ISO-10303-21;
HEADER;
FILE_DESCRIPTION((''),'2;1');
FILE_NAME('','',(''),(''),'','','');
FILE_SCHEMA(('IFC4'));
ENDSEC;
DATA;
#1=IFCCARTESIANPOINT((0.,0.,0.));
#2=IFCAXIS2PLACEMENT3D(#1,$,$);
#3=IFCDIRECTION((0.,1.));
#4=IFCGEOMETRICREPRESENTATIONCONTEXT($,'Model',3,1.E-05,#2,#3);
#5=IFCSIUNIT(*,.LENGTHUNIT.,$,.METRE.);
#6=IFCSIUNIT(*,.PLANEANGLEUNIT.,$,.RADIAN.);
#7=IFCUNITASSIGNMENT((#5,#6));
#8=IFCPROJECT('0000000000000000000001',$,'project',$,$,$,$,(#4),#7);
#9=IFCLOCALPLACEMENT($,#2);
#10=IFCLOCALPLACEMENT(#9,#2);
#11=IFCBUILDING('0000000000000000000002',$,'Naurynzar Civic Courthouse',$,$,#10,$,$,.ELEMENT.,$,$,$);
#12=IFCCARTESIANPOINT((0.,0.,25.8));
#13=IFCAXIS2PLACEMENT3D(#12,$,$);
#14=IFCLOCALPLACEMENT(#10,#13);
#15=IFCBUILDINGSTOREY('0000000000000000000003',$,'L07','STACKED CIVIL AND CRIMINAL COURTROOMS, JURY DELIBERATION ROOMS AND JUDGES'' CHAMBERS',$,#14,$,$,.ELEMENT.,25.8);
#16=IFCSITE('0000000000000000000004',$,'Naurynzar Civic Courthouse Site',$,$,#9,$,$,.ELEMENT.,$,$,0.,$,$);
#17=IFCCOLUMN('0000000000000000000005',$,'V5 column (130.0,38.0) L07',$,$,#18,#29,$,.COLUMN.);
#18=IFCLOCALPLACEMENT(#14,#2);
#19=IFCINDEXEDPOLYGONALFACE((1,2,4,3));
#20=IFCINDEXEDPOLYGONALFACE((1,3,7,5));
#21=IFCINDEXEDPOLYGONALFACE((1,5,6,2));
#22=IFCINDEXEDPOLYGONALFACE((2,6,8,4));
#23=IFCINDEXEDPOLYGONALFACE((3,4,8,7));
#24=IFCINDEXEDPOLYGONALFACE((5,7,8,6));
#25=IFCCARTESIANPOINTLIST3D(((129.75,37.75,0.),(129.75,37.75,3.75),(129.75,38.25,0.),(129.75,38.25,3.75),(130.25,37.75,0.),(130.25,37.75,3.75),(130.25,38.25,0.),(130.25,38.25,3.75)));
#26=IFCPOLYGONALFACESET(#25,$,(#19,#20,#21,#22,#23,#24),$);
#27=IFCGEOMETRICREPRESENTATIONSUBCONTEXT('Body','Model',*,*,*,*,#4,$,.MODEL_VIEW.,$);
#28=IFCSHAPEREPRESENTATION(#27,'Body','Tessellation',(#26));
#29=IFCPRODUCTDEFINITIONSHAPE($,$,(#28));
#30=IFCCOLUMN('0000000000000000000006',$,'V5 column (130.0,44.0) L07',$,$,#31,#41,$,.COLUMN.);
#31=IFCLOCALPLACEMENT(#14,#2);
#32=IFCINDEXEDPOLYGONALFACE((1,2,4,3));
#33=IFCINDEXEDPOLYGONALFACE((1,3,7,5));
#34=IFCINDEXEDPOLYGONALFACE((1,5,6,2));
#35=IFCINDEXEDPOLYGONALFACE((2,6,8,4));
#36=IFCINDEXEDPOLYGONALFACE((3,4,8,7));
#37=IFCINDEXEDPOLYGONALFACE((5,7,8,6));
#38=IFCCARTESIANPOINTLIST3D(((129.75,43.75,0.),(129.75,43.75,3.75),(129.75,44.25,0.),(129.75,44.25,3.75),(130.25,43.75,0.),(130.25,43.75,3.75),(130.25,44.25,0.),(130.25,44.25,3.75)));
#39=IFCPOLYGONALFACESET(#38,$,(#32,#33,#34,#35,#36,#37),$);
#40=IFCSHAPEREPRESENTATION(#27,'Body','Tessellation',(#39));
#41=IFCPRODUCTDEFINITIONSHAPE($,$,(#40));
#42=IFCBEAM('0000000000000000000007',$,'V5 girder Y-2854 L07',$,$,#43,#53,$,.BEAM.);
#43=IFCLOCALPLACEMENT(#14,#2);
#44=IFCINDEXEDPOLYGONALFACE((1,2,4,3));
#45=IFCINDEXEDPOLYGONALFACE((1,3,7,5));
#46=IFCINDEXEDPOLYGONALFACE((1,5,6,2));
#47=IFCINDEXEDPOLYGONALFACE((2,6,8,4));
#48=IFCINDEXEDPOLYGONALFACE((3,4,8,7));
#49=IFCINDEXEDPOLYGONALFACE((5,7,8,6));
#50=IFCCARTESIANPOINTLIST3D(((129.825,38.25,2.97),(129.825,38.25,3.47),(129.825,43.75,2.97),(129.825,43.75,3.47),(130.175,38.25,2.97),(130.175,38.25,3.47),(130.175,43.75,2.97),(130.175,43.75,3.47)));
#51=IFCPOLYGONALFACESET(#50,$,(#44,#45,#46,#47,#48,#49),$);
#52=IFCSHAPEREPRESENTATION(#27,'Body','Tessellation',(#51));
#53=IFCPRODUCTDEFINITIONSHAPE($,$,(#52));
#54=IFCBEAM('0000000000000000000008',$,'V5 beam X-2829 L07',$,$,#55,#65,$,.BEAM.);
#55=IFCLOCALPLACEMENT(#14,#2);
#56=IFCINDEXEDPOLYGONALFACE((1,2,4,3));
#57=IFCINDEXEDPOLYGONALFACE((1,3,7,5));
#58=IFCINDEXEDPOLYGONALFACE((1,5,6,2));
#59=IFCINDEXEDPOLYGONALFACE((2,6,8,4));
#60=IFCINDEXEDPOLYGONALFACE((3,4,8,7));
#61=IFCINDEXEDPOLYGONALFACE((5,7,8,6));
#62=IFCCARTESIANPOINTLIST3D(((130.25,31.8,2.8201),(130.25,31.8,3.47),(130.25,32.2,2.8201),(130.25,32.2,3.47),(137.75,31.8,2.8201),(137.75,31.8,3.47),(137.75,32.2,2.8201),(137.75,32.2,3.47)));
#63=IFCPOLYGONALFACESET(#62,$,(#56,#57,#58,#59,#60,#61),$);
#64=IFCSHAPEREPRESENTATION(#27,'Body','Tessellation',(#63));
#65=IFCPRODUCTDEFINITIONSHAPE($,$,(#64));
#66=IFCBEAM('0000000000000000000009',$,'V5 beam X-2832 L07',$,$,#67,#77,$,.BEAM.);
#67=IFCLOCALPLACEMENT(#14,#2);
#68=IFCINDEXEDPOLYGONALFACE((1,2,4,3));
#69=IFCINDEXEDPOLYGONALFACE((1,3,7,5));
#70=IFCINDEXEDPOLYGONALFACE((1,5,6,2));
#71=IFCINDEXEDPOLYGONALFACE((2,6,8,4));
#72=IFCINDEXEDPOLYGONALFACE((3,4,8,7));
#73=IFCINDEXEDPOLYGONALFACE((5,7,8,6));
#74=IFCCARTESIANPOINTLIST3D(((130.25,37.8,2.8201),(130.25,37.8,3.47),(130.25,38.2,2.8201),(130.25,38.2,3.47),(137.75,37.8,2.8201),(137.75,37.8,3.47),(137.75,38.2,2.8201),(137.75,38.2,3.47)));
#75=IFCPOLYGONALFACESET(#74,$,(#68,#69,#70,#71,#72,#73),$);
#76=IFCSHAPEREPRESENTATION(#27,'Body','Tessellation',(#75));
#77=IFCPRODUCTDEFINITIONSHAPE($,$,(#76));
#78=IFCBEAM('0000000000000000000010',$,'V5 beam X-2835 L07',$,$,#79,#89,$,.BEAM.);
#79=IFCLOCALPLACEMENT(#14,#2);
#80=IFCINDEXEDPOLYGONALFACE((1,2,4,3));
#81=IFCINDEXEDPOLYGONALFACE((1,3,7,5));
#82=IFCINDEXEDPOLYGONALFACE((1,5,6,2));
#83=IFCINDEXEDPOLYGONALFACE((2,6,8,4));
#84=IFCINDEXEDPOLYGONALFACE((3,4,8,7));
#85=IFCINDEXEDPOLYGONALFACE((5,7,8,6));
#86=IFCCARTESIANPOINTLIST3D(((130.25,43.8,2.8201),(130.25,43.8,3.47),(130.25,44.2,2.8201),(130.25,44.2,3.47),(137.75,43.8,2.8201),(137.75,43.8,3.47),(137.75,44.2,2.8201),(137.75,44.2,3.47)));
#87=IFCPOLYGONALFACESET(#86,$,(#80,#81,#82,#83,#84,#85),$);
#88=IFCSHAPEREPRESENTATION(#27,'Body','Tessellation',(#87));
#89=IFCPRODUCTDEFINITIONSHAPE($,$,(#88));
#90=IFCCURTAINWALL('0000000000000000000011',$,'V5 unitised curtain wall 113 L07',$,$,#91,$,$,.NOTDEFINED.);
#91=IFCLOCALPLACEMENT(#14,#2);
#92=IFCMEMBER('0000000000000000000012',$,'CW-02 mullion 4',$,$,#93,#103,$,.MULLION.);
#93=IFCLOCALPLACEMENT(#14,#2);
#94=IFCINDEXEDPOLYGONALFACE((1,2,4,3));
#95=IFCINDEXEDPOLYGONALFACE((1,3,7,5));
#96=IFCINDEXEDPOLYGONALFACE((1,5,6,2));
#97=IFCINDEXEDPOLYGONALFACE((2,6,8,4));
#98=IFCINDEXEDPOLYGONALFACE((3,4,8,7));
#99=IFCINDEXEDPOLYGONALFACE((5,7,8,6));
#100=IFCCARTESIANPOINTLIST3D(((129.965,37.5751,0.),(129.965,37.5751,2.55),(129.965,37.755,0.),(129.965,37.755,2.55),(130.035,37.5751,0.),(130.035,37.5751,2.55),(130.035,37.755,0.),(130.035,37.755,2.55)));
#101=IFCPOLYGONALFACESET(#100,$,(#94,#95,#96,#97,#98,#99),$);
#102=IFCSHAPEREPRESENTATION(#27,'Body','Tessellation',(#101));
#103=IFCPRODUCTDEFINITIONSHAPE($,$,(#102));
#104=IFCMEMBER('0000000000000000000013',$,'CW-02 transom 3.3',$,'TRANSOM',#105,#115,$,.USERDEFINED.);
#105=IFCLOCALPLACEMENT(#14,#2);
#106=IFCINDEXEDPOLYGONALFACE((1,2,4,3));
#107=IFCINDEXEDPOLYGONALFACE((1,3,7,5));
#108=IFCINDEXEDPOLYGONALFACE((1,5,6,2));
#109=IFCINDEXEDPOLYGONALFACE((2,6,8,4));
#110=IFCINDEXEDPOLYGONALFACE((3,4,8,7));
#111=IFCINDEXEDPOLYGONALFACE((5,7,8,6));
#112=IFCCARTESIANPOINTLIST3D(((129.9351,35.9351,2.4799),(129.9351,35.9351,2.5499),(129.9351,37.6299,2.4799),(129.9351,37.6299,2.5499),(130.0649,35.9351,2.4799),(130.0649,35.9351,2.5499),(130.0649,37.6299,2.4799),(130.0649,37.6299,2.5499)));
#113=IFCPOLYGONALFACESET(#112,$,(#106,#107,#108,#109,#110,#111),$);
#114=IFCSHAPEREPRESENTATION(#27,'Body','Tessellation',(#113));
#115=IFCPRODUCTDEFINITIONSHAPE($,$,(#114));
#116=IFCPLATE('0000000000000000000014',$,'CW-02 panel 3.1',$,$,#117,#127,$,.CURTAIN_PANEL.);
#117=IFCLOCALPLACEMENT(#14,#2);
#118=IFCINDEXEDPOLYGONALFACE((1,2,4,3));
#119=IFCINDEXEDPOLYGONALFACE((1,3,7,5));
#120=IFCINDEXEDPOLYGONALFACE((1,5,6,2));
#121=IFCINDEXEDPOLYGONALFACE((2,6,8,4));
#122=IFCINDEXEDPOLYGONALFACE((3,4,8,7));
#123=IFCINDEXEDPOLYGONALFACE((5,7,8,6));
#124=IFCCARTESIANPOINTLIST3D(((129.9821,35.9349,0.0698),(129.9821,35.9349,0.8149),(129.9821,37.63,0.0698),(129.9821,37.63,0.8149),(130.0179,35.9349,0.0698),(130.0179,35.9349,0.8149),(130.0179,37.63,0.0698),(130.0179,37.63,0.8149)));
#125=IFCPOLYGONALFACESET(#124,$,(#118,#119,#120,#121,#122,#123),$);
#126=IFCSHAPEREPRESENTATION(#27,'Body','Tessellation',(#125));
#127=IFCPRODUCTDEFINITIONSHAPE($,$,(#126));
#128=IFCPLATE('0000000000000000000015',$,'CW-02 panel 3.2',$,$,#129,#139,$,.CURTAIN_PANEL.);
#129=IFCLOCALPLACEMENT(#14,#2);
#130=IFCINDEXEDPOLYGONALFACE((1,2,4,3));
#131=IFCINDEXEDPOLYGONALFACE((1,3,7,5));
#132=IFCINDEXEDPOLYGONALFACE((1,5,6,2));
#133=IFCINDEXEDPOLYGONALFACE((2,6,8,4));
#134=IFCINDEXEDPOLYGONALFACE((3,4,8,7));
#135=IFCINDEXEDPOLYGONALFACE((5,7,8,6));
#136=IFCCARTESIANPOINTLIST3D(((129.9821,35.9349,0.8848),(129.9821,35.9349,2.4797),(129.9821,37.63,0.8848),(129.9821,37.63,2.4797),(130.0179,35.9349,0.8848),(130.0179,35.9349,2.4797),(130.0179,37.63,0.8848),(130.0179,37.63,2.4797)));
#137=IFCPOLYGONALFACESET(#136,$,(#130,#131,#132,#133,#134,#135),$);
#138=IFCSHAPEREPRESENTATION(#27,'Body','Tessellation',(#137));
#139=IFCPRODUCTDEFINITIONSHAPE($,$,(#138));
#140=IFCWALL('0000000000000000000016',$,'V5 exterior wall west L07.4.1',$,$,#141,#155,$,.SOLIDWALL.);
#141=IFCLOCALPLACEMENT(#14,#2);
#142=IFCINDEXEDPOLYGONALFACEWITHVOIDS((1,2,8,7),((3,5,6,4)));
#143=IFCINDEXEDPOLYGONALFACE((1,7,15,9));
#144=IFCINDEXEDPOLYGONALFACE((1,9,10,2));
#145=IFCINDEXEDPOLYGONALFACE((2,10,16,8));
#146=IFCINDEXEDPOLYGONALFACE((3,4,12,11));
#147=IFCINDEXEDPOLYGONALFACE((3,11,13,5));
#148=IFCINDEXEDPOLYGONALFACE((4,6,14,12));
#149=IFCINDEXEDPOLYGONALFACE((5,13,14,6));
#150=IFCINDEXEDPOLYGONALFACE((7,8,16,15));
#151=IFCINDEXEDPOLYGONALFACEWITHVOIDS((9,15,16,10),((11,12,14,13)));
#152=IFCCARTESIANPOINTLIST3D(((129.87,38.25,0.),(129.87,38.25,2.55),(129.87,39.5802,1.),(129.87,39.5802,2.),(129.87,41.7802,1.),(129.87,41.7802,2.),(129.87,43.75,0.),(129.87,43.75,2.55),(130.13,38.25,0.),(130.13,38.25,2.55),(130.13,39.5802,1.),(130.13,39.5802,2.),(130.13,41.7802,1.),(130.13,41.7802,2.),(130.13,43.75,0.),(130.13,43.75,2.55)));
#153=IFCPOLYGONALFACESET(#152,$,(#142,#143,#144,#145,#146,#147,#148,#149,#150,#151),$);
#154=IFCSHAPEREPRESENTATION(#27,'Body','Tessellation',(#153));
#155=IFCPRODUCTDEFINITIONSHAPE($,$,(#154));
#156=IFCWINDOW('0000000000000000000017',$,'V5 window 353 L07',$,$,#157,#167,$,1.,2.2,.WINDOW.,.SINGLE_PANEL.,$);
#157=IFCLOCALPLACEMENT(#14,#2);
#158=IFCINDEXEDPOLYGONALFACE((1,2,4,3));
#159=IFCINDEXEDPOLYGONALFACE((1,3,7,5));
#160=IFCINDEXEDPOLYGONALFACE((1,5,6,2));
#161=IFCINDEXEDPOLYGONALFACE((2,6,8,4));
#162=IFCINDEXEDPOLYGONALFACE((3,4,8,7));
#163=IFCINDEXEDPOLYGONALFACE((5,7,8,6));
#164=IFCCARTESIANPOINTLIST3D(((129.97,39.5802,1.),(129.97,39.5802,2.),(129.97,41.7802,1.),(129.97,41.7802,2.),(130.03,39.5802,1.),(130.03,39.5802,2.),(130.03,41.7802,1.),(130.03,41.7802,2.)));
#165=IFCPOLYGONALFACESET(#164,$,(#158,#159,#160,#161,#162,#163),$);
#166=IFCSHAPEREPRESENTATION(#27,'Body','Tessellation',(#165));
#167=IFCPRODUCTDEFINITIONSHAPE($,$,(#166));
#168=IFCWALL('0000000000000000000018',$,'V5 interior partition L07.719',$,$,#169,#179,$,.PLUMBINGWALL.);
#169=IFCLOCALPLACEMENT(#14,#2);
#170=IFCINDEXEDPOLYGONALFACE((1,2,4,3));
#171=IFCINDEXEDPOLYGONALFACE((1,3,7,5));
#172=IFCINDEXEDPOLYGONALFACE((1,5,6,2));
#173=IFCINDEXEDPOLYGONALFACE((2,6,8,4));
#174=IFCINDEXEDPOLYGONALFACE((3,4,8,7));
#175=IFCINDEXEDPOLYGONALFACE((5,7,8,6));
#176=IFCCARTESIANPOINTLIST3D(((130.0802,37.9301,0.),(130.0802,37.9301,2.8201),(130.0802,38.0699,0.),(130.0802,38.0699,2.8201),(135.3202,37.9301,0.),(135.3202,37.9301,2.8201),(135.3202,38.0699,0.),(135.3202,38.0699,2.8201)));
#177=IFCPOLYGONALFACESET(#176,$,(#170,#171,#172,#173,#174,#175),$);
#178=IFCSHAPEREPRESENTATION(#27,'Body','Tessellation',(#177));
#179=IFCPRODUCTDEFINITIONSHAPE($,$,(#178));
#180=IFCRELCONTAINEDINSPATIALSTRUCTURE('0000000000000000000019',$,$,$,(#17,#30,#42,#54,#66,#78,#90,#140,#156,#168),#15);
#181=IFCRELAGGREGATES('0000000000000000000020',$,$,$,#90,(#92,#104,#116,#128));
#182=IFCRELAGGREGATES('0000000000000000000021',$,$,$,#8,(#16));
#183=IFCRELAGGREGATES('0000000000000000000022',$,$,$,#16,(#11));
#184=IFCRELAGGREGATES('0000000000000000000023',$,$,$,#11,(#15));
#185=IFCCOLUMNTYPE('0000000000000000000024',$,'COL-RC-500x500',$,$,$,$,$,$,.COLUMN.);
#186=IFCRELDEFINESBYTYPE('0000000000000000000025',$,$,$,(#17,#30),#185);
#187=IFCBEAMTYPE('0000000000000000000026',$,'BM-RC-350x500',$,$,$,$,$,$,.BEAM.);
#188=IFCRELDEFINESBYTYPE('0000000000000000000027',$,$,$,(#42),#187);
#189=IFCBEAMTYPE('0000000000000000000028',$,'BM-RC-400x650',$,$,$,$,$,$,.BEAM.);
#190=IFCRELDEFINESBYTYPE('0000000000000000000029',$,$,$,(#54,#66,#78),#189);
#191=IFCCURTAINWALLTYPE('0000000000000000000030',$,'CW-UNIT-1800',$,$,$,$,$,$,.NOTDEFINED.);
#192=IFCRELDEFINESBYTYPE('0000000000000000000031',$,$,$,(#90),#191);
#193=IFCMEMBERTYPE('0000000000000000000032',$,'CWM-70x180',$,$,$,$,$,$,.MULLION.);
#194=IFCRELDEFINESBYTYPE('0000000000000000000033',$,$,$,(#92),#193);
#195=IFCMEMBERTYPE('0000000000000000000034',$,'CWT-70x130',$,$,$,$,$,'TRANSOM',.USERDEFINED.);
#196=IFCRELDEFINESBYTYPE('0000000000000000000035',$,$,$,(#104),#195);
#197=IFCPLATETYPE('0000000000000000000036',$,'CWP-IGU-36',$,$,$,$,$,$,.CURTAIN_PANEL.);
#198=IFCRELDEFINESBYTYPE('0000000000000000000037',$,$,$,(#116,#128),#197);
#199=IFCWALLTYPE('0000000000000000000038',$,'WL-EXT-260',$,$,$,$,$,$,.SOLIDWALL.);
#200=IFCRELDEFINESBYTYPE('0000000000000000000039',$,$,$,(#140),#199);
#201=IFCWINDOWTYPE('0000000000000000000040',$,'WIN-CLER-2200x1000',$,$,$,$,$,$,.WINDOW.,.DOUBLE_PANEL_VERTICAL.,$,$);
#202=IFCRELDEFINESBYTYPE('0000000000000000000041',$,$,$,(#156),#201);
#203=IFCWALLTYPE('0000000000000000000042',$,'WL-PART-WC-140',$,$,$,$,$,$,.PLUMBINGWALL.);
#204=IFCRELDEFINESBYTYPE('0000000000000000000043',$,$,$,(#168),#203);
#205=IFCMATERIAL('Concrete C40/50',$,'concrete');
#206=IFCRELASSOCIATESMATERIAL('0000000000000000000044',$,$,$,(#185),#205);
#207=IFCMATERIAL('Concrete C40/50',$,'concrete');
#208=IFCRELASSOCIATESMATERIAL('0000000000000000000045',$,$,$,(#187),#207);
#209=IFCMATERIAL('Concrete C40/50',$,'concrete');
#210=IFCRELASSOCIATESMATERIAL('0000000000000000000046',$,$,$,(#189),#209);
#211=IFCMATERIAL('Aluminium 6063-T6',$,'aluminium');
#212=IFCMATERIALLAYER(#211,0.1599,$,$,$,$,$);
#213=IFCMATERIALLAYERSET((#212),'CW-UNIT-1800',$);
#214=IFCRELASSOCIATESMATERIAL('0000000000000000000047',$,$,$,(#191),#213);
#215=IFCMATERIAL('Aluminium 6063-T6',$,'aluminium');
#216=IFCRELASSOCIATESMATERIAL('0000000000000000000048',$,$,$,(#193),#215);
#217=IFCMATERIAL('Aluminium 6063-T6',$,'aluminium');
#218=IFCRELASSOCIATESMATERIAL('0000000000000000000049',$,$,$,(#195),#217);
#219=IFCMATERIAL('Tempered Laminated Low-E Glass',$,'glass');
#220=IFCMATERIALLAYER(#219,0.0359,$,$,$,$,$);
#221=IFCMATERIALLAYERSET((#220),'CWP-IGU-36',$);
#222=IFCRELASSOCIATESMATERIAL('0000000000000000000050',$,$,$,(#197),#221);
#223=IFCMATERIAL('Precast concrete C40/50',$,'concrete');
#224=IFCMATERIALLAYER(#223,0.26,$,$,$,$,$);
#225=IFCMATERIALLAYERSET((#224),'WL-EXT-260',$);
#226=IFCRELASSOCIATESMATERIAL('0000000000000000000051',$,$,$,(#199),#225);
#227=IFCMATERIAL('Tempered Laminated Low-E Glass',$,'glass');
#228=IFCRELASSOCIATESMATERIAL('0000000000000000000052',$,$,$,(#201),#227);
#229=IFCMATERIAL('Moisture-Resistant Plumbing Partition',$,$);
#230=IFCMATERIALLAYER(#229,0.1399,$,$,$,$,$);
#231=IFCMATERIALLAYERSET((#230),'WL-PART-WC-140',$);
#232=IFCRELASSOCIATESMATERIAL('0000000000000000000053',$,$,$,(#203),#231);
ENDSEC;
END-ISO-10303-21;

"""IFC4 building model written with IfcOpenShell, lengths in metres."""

from ifc_helpers import new_model, si_unit, direction, frame, frame_2d, origin, origin_2d, place, context, subcontext, project, spatial, rectangle, extrude, material, layer, layer_set, material_profile, profile_set, type_object, element, fill, aggregate, save


model = new_model("IFC4")

# Units and contexts
model_context = context("Model", 3, precision=1e-05, world=origin(), true_north=direction((0.0, 1.0)))
body_context = subcontext(model_context, "Body", "Model", "MODEL_VIEW")
ifc_project = project(units=[si_unit("LENGTHUNIT", "METRE"), si_unit("PLANEANGLEUNIT", "RADIAN")], contexts=[model_context])

# Site, building, storey
site_placement = place(None, origin())
site = spatial("IfcSite", under=ifc_project, at=site_placement, Name="Naurynzar Civic Courthouse Site", CompositionType="ELEMENT", RefElevation=0.0)
building_placement = place(site_placement, origin())
building = spatial("IfcBuilding", under=site, at=building_placement, Name="Naurynzar Civic Courthouse", CompositionType="ELEMENT")
storey_placement = place(building_placement, frame((0.0, 0.0, 25.8)))
storey = spatial("IfcBuildingStorey", under=building, at=storey_placement, Name="L07", Description="STACKED CIVIL AND CRIMINAL COURTROOMS, JURY DELIBERATION ROOMS AND JUDGES' CHAMBERS", CompositionType="ELEMENT", Elevation=25.8)

# Columns
ifc_material_1 = material(Name="Concrete C40/50", Category="concrete")
ifc_material_profile_1 = material_profile(ifc_material_1, rectangle(XDim=0.5, YDim=0.5, at=origin_2d()), Name="RC 500x500")
ifc_profile_set_1 = profile_set([ifc_material_profile_1], Name="Concrete C40/50")
column_type = type_object("IfcColumnType", Name="COL-RC-500x500", PredefinedType="COLUMN", material=ifc_profile_set_1)
for number, where, z_axis, x_axis, name in (
    (1, (130.0, 38.0, 0.0), (0.0, 0.0, 1.0), (1.0, 0.0, 0.0), "V5 column (130.0,38.0) L07"),
    (2, (130.0, 44.0, 0.0), (0.0, 0.0, 1.0), (1.0, 0.0, 0.0), "V5 column (130.0,44.0) L07"),
):
    element("IfcColumn", number, at=place(storey_placement, frame(where, z_axis=z_axis, x_axis=x_axis)), inside=storey, type_object=column_type, Name=name, PredefinedType="COLUMN", context=body_context, shape_type="SweptSolid", body=[
        extrude(rectangle(XDim=0.5, YDim=0.5, at=origin_2d()), origin(), (0.0, 0.0, 1.0), 3.75),
    ])

# Beams
ifc_material_2 = material(Name="Concrete C40/50", Category="concrete")
ifc_material_profile_2 = material_profile(ifc_material_2, rectangle(XDim=0.3501, YDim=0.5, at=origin_2d()), Name="RCB 350x500")
ifc_profile_set_2 = profile_set([ifc_material_profile_2], Name="Concrete C40/50")
beam_type_1 = type_object("IfcBeamType", Name="BM-RC-350x500", PredefinedType="BEAM", material=ifc_profile_set_2)
beam_placement = place(storey_placement, frame((130.0, 38.25, 3.22), z_axis=(0.0, 1.0, 0.0), x_axis=(-1.0, 0.0, 0.0)))
element("IfcBeam", 3, at=beam_placement, inside=storey, type_object=beam_type_1, Name="V5 girder Y-2854 L07", PredefinedType="BEAM", context=body_context, shape_type="SweptSolid", body=[
    extrude(rectangle(XDim=0.3501, YDim=0.5, at=origin_2d()), origin(), (0.0, 0.0, 1.0), 5.5),
])
ifc_material_3 = material(Name="Concrete C40/50", Category="concrete")
ifc_material_profile_3 = material_profile(ifc_material_3, rectangle(XDim=0.3999, YDim=0.6499, at=origin_2d()), Name="RCB 400x650")
ifc_profile_set_3 = profile_set([ifc_material_profile_3], Name="Concrete C40/50")
beam_type_2 = type_object("IfcBeamType", Name="BM-RC-400x650", PredefinedType="BEAM", material=ifc_profile_set_3)
for number, where, z_axis, x_axis, name in (
    (4, (130.25, 32.0, 3.145), (1.0, 0.0, 0.0), (0.0, 1.0, 0.0), "V5 beam X-2829 L07"),
    (5, (130.25, 38.0, 3.145), (1.0, 0.0, 0.0), (0.0, 1.0, 0.0), "V5 beam X-2832 L07"),
    (6, (130.25, 44.0, 3.145), (1.0, 0.0, 0.0), (0.0, 1.0, 0.0), "V5 beam X-2835 L07"),
):
    element("IfcBeam", number, at=place(storey_placement, frame(where, z_axis=z_axis, x_axis=x_axis)), inside=storey, type_object=beam_type_2, Name=name, PredefinedType="BEAM", context=body_context, shape_type="SweptSolid", body=[
        extrude(rectangle(XDim=0.3999, YDim=0.6499, at=origin_2d()), origin(), (0.0, 0.0, 1.0), 7.5),
    ])

# Curtain wall, members, plates
ifc_material_4 = material(Name="Aluminium 6063-T6", Category="aluminium")
ifc_layer_1 = layer(ifc_material_4, 0.1599)
ifc_layer_set_1 = layer_set([ifc_layer_1], Name="CW-UNIT-1800")
curtain_wall_type = type_object("IfcCurtainWallType", Name="CW-UNIT-1800", PredefinedType="NOTDEFINED", material=ifc_layer_set_1)
curtain_wall_placement = place(storey_placement, origin())
curtain_wall = element("IfcCurtainWall", 7, at=curtain_wall_placement, inside=storey, type_object=curtain_wall_type, Name="V5 unitised curtain wall 113 L07", PredefinedType="NOTDEFINED")
ifc_material_5 = material(Name="Aluminium 6063-T6", Category="aluminium")
ifc_material_profile_4 = material_profile(ifc_material_5, rectangle(XDim=0.0701, YDim=0.1799, at=origin_2d()), Name="ALU MULLION 70x180")
ifc_profile_set_4 = profile_set([ifc_material_profile_4], Name="Aluminium 6063-T6")
member_type_1 = type_object("IfcMemberType", Name="CWM-70x180", PredefinedType="MULLION", material=ifc_profile_set_4)
member_1_placement = place(storey_placement, frame((130.0, 37.665, 0.0), z_axis=(0.0, 0.0, 1.0), x_axis=(-1.0, 0.0, 0.0)))
member_1 = element("IfcMember", 8, at=member_1_placement, type_object=member_type_1, Name="CW-02 mullion 4", PredefinedType="MULLION", context=body_context, shape_type="SweptSolid", body=[
    extrude(rectangle(XDim=0.0701, YDim=0.1799, at=origin_2d()), origin(), (0.0, 0.0, 1.0), 2.55),
])
ifc_material_6 = material(Name="Aluminium 6063-T6", Category="aluminium")
ifc_material_profile_5 = material_profile(ifc_material_6, rectangle(XDim=0.1299, YDim=0.0701, at=origin_2d()), Name="ALU TRANSOM 70x130")
ifc_profile_set_5 = profile_set([ifc_material_profile_5], Name="Aluminium 6063-T6")
member_type_2 = type_object("IfcMemberType", Name="CWT-70x130", ElementType="TRANSOM", PredefinedType="USERDEFINED", material=ifc_profile_set_5)
member_2_placement = place(storey_placement, frame((130.0, 35.9351, 2.5149), z_axis=(0.0, 1.0, 0.0), x_axis=(-1.0, 0.0, 0.0)))
member_2 = element("IfcMember", 9, at=member_2_placement, type_object=member_type_2, Name="CW-02 transom 3.3", ObjectType="TRANSOM", PredefinedType="USERDEFINED", context=body_context, shape_type="SweptSolid", body=[
    extrude(rectangle(XDim=0.1299, YDim=0.0701, at=origin_2d()), origin(), (0.0, 0.0, 1.0), 1.6948),
])
ifc_material_7 = material(Name="Tempered Laminated Low-E Glass", Category="glass")
ifc_layer_2 = layer(ifc_material_7, 0.0359)
ifc_layer_set_2 = layer_set([ifc_layer_2], Name="CWP-IGU-36")
plate_type = type_object("IfcPlateType", Name="CWP-IGU-36", PredefinedType="CURTAIN_PANEL", material=ifc_layer_set_2)
plate_1_placement = place(storey_placement, frame((130.0, 36.7825, 0.0698), z_axis=(0.0, 0.0, 1.0), x_axis=(0.0, 1.0, 0.0)))
plate_1 = element("IfcPlate", 10, at=plate_1_placement, type_object=plate_type, Name="CW-02 panel 3.1", PredefinedType="CURTAIN_PANEL", context=body_context, shape_type="SweptSolid", body=[
    extrude(rectangle(XDim=1.6951, YDim=0.0359, at=origin_2d()), origin(), (0.0, 0.0, 1.0), 0.7451),
])
plate_2_placement = place(storey_placement, frame((130.0, 36.7825, 0.8848), z_axis=(0.0, 0.0, 1.0), x_axis=(0.0, 1.0, 0.0)))
plate_2 = element("IfcPlate", 11, at=plate_2_placement, type_object=plate_type, Name="CW-02 panel 3.2", PredefinedType="CURTAIN_PANEL", context=body_context, shape_type="SweptSolid", body=[
    extrude(rectangle(XDim=1.6951, YDim=0.0359, at=origin_2d()), origin(), (0.0, 0.0, 1.0), 1.595),
])
aggregate(curtain_wall, [member_1, member_2, plate_1, plate_2])

# Wall, opening, window
ifc_material_8 = material(Name="Precast concrete C40/50", Category="concrete")
ifc_layer_3 = layer(ifc_material_8, 0.26)
ifc_layer_set_3 = layer_set([ifc_layer_3], Name="WL-EXT-260")
wall_type_1 = type_object("IfcWallType", Name="WL-EXT-260", PredefinedType="SOLIDWALL", material=ifc_layer_set_3)
wall_1_placement = place(storey_placement, frame((130.0, 38.25, 0.0), z_axis=(0.0, 0.0, 1.0), x_axis=(0.0, 1.0, 0.0)))
wall_1 = element("IfcWall", 12, at=wall_1_placement, inside=storey, type_object=wall_type_1, Name="V5 exterior wall west L07.4.1", PredefinedType="SOLIDWALL", context=body_context, shape_type="SweptSolid", body=[
    extrude(rectangle(XDim=5.5, YDim=0.26, at=frame_2d((2.75, 0.0))), origin(), (0.0, 0.0, 1.0), 2.55),
])
opening_1_placement = place(wall_1_placement, frame((1.3301, 0.0, 1.0)))
opening_1 = element("IfcOpeningElement", 13, at=opening_1_placement, cuts=wall_1, PredefinedType="OPENING", context=body_context, shape_type="SweptSolid", body=[
    extrude(rectangle(XDim=2.2, YDim=1.0, at=frame_2d((1.1001, 0.5))), frame((0.0, 0.1399, 0.0), z_axis=(0.0, -1.0, 0.0), x_axis=(1.0, 0.0, 0.0)), (0.0, 0.0, 1.0), 0.28),
])
ifc_material_9 = material(Name="Tempered Laminated Low-E Glass", Category="glass")
window_type = type_object("IfcWindowType", Name="WIN-CLER-2200x1000", PartitioningType="DOUBLE_PANEL_VERTICAL", PredefinedType="WINDOW", material=ifc_material_9)
window_placement = place(opening_1_placement, origin())
window = element("IfcWindow", 14, at=window_placement, inside=storey, type_object=window_type, Name="V5 window 353 L07", OverallHeight=1.0, OverallWidth=2.2, PartitioningType="SINGLE_PANEL", PredefinedType="WINDOW", context=body_context, shape_type="SweptSolid", body=[
    extrude(rectangle(XDim=2.2, YDim=1.0, at=frame_2d((1.1001, 0.5))), frame((0.0, 0.03, 0.0), z_axis=(0.0, -1.0, 0.0), x_axis=(1.0, 0.0, 0.0)), (0.0, 0.0, 1.0), 0.0601),
])
fill(opening_1, window)

# Wall
ifc_material_10 = material(Name="Moisture-Resistant Plumbing Partition")
ifc_layer_4 = layer(ifc_material_10, 0.1399)
ifc_layer_set_4 = layer_set([ifc_layer_4], Name="WL-PART-WC-140")
wall_type_2 = type_object("IfcWallType", Name="WL-PART-WC-140", PredefinedType="PLUMBINGWALL", material=ifc_layer_set_4)
wall_2_placement = place(storey_placement, frame((130.0801, 38.0, 0.0), z_axis=(0.0, 0.0, 1.0), x_axis=(1.0, 0.0, 0.0)))
element("IfcWall", 15, at=wall_2_placement, inside=storey, type_object=wall_type_2, Name="V5 interior partition L07.719", PredefinedType="PLUMBINGWALL", context=body_context, shape_type="SweptSolid", body=[
    extrude(rectangle(XDim=5.24, YDim=0.1399, at=frame_2d((2.6201, 0.0))), origin(), (0.0, 0.0, 1.0), 2.8201),
])

save(model, "model.ifc")
